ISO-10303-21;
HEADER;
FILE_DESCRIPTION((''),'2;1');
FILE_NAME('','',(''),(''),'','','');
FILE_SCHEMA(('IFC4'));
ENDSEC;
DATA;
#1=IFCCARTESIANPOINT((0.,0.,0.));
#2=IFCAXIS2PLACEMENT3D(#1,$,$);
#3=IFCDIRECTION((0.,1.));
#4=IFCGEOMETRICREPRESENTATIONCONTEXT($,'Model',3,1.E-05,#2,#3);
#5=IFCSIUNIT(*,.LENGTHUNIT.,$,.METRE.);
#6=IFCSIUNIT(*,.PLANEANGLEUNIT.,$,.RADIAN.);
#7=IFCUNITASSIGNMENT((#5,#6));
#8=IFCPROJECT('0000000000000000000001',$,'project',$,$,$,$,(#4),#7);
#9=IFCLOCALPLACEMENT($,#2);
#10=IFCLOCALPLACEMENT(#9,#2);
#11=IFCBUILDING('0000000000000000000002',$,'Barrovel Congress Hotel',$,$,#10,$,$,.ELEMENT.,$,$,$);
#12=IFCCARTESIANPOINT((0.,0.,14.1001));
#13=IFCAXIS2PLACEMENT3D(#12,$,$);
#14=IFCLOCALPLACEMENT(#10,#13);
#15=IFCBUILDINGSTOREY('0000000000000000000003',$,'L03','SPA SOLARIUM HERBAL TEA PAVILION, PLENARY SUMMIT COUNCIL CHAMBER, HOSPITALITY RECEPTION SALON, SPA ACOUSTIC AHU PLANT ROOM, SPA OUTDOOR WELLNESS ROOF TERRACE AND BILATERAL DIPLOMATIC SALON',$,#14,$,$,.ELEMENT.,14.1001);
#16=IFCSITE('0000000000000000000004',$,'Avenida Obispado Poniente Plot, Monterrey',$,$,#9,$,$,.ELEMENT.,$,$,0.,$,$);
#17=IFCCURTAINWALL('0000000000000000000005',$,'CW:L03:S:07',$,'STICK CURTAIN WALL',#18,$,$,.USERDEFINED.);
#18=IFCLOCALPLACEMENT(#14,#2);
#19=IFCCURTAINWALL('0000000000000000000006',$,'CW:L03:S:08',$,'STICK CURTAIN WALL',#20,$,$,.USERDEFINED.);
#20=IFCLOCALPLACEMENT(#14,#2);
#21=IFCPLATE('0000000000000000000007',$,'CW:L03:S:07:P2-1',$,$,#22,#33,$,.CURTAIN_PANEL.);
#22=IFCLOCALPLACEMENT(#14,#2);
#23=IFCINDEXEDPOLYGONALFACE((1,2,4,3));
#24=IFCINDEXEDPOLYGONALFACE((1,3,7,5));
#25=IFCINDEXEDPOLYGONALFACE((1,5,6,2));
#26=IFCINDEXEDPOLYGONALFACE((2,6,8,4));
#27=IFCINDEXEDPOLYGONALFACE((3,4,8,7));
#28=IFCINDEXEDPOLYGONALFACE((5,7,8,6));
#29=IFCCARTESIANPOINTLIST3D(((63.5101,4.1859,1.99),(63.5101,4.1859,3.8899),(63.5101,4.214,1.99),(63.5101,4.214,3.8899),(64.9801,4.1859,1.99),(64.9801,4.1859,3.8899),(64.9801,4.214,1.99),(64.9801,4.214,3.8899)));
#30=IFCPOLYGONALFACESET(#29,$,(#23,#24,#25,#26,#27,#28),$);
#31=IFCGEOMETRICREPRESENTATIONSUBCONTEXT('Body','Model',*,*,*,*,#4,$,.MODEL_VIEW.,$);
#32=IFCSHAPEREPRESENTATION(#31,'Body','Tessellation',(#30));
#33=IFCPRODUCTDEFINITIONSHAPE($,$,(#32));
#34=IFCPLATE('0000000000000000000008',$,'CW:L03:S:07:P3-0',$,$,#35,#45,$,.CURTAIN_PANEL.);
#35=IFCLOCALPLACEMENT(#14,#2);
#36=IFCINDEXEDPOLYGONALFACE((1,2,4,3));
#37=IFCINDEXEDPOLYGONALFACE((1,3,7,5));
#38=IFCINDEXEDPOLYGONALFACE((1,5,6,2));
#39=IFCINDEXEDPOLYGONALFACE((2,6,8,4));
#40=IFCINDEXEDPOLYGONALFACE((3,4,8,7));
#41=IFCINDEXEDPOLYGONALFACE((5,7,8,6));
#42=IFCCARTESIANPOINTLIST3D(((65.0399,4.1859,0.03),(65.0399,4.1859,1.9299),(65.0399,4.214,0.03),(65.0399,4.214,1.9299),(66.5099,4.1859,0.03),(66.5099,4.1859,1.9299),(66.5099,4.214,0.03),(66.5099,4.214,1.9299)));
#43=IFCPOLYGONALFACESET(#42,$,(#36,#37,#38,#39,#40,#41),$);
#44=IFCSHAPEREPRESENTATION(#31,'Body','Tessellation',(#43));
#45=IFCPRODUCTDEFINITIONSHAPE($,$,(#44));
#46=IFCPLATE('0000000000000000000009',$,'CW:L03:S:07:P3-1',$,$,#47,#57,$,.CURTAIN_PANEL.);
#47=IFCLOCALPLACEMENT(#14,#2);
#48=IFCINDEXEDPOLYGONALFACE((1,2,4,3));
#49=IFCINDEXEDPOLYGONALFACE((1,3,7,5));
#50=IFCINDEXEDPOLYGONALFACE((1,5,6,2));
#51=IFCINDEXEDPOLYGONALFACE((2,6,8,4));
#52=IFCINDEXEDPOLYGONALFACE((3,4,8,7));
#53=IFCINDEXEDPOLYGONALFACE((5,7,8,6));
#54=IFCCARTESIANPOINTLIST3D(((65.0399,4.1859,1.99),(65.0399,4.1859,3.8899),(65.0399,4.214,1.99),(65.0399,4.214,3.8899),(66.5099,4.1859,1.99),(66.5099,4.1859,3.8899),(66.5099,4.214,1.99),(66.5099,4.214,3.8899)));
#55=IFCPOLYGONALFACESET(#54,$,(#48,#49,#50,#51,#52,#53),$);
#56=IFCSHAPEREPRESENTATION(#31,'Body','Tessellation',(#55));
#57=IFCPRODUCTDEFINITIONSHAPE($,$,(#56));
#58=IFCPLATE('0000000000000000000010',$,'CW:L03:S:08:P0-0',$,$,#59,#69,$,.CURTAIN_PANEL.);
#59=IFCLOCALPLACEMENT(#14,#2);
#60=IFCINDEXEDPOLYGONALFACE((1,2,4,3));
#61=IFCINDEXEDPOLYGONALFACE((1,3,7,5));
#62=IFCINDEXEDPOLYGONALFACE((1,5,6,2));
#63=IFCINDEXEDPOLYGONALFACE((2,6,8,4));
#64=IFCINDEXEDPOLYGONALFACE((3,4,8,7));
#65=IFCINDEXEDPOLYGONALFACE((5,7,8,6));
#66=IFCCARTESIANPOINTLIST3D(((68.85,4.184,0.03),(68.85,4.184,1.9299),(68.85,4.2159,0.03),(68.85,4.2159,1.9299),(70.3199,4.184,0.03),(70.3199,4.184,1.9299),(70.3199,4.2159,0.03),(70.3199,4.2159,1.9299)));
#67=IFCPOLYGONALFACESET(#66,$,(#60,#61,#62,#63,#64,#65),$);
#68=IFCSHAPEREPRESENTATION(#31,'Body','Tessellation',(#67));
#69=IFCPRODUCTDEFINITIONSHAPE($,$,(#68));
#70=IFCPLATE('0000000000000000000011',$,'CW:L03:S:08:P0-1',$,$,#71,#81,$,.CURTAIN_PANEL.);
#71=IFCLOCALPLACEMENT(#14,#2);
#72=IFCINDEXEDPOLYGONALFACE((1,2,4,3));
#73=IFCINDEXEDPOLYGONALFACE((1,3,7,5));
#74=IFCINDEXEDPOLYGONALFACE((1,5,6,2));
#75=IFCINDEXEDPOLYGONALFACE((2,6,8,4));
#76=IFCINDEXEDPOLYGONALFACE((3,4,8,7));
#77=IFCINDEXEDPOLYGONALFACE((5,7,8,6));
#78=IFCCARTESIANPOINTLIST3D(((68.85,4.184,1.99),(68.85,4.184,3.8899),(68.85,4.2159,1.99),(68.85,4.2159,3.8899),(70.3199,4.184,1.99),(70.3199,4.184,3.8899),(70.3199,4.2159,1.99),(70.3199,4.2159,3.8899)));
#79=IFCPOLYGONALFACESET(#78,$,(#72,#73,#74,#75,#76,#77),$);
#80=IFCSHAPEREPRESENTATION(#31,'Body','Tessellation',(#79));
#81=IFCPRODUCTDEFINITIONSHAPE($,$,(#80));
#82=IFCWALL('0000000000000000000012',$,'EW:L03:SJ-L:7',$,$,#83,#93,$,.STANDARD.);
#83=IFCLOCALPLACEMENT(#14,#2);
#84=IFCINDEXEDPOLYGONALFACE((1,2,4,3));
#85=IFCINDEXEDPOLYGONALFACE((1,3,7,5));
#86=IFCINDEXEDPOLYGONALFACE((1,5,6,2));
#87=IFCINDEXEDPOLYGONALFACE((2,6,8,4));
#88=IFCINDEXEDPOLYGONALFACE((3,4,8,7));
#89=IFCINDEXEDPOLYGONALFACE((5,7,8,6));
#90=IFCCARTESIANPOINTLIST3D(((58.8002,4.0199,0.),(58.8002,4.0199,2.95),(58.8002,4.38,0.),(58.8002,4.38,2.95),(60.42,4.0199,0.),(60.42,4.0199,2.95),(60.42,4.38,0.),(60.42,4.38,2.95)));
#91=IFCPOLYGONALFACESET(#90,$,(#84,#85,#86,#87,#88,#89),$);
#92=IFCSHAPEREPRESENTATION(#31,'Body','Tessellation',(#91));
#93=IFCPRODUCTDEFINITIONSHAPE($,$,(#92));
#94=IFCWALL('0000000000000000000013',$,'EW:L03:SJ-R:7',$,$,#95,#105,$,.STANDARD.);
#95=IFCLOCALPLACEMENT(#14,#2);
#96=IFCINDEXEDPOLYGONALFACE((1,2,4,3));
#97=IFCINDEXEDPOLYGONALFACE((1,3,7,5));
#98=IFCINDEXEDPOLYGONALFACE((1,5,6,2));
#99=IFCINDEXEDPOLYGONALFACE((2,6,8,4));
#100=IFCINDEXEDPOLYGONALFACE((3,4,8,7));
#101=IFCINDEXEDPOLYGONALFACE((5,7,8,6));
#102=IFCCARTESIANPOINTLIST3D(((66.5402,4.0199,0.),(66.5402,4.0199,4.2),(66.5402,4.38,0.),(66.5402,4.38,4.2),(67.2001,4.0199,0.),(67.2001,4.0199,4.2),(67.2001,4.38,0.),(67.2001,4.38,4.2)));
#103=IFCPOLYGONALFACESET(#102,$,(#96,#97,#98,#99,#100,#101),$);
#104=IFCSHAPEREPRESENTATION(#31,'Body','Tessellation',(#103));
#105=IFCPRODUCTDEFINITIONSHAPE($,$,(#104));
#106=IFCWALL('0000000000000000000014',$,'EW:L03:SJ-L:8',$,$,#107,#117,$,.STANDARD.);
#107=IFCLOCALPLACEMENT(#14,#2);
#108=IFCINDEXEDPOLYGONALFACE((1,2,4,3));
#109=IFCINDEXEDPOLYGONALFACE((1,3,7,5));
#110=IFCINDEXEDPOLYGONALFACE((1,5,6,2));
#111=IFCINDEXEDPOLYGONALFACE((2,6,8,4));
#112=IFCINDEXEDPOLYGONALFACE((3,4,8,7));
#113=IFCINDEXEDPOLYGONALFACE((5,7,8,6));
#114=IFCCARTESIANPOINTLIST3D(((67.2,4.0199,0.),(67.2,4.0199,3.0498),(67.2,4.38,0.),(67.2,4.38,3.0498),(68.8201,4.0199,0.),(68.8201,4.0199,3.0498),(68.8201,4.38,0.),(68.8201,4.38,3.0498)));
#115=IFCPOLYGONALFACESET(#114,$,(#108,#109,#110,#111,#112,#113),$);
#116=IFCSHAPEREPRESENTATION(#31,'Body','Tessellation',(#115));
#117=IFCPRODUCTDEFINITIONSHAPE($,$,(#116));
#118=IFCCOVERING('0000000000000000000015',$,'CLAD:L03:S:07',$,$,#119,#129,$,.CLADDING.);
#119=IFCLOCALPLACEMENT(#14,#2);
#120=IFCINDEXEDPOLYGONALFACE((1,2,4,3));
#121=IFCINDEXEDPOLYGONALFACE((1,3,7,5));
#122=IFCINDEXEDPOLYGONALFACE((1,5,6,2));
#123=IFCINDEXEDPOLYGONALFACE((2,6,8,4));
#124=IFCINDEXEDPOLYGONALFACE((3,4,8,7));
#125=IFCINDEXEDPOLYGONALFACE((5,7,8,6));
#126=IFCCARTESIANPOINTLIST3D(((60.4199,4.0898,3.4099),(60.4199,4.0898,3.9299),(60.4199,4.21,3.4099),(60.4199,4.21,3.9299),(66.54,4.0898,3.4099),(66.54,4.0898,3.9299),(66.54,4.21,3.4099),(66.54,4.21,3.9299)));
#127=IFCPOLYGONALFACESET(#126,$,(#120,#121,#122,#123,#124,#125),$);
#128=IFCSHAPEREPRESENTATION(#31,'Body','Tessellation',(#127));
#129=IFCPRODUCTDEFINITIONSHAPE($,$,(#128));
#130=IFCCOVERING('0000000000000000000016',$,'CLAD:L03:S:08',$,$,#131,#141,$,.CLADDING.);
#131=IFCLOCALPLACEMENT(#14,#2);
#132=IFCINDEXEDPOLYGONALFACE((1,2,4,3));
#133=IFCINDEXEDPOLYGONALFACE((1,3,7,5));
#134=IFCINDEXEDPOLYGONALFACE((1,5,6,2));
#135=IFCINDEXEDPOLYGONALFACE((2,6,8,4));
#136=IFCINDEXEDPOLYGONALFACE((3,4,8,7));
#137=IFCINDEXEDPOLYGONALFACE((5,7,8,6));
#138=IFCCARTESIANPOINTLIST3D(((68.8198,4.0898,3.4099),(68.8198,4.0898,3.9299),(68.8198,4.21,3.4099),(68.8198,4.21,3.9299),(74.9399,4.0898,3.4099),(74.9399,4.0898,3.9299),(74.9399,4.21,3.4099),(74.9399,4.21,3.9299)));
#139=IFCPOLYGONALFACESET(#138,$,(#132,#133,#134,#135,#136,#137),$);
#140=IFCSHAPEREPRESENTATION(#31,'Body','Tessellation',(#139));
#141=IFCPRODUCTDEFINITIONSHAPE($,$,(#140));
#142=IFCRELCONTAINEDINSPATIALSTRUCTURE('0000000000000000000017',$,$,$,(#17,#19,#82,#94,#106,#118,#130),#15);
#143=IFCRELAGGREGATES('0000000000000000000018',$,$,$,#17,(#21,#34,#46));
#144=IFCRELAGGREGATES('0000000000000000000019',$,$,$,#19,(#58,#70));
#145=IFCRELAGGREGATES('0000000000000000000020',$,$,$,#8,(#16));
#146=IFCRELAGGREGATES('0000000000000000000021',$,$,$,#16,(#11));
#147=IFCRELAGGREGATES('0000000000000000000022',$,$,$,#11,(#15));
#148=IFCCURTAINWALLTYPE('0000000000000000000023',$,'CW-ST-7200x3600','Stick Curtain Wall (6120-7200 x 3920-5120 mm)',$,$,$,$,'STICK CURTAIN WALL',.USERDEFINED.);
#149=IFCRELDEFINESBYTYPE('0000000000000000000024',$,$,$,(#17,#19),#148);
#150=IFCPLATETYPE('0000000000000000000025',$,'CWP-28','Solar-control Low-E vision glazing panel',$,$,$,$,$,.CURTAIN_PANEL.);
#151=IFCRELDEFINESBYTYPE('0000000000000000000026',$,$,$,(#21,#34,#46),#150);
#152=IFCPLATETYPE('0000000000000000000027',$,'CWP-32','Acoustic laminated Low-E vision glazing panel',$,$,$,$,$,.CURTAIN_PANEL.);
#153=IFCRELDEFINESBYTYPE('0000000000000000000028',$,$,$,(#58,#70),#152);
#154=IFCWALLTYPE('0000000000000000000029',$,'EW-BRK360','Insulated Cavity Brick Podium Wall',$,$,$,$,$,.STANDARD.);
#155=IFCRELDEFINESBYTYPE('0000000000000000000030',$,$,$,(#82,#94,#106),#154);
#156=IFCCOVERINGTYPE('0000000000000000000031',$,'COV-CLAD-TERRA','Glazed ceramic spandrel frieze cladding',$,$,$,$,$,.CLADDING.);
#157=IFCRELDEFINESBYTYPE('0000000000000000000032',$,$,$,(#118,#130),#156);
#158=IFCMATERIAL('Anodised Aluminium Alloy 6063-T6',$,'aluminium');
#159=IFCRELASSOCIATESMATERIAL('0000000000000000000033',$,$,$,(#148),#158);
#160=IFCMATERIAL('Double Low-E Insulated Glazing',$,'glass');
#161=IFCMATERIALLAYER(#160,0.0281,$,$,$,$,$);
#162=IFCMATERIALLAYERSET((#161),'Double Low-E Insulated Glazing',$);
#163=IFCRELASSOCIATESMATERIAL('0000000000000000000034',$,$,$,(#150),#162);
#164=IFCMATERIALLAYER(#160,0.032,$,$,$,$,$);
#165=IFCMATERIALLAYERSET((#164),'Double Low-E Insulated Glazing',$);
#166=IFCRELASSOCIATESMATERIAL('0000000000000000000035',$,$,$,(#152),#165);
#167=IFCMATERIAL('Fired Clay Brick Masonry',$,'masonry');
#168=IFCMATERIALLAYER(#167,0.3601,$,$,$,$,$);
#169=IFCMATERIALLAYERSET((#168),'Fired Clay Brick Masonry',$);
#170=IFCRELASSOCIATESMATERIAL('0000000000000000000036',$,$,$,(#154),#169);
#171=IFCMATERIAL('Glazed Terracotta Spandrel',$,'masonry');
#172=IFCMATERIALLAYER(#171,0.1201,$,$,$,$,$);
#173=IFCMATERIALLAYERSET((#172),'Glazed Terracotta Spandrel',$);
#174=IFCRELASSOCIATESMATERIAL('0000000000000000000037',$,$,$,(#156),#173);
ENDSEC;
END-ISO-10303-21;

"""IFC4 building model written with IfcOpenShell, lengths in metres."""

from ifc_helpers import new_model, si_unit, direction, frame, frame_2d, origin, origin_2d, place, context, subcontext, project, spatial, rectangle, extrude, material, layer, layer_set, type_object, element, aggregate, save


model = new_model("IFC4")

# Units and contexts
model_context = context("Model", 3, precision=1e-05, world=origin(), true_north=direction((0.0, 1.0)))
body_context = subcontext(model_context, "Body", "Model", "MODEL_VIEW")
ifc_project = project(units=[si_unit("LENGTHUNIT", "METRE"), si_unit("PLANEANGLEUNIT", "RADIAN")], contexts=[model_context])

# Site, building, storey
site_placement = place(None, origin())
site = spatial("IfcSite", under=ifc_project, at=site_placement, Name="Avenida Obispado Poniente Plot, Monterrey", CompositionType="ELEMENT", RefElevation=0.0)
building_placement = place(site_placement, origin())
building = spatial("IfcBuilding", under=site, at=building_placement, Name="Barrovel Congress Hotel", CompositionType="ELEMENT")
storey_placement = place(building_placement, frame((0.0, 0.0, 14.1001)))
storey = spatial("IfcBuildingStorey", under=building, at=storey_placement, Name="L03", Description="SPA SOLARIUM HERBAL TEA PAVILION, PLENARY SUMMIT COUNCIL CHAMBER, HOSPITALITY RECEPTION SALON, SPA ACOUSTIC AHU PLANT ROOM, SPA OUTDOOR WELLNESS ROOF TERRACE AND BILATERAL DIPLOMATIC SALON", CompositionType="ELEMENT", Elevation=14.1001)

# Curtain walls
ifc_material_1 = material(Name="Anodised Aluminium Alloy 6063-T6", Category="aluminium")
curtain_wall_type = type_object("IfcCurtainWallType", Name="CW-ST-7200x3600", Description="Stick Curtain Wall (6120-7200 x 3920-5120 mm)", ElementType="STICK CURTAIN WALL", PredefinedType="USERDEFINED", material=ifc_material_1)
curtain_wall_1_placement = place(storey_placement, origin())
curtain_wall_1 = element("IfcCurtainWall", 1, at=curtain_wall_1_placement, inside=storey, type_object=curtain_wall_type, Name="CW:L03:S:07", ObjectType="STICK CURTAIN WALL", PredefinedType="USERDEFINED")
curtain_wall_2_placement = place(storey_placement, origin())
curtain_wall_2 = element("IfcCurtainWall", 2, at=curtain_wall_2_placement, inside=storey, type_object=curtain_wall_type, Name="CW:L03:S:08", ObjectType="STICK CURTAIN WALL", PredefinedType="USERDEFINED")

# Plates
ifc_material_2 = material(Name="Double Low-E Insulated Glazing", Category="glass")
ifc_layer_1 = layer(ifc_material_2, 0.0281)
ifc_layer_set_1 = layer_set([ifc_layer_1], Name="Double Low-E Insulated Glazing")
plate_type_1 = type_object("IfcPlateType", Name="CWP-28", Description="Solar-control Low-E vision glazing panel", PredefinedType="CURTAIN_PANEL", material=ifc_layer_set_1)
plate_1_placement = place(storey_placement, frame((64.2451, 4.2, 1.99), z_axis=(0.0, 0.0, 1.0), x_axis=(1.0, 0.0, 0.0)))
plate_1 = element("IfcPlate", 3, at=plate_1_placement, type_object=plate_type_1, Name="CW:L03:S:07:P2-1", PredefinedType="CURTAIN_PANEL", context=body_context, shape_type="SweptSolid", body=[
    extrude(rectangle(XDim=1.47, YDim=0.0281, at=origin_2d()), origin(), (0.0, 0.0, 1.0), 1.8999),
])
plate_2_placement = place(storey_placement, frame((65.7749, 4.2, 0.03), z_axis=(0.0, 0.0, 1.0), x_axis=(1.0, 0.0, 0.0)))
plate_2 = element("IfcPlate", 4, at=plate_2_placement, type_object=plate_type_1, Name="CW:L03:S:07:P3-0", PredefinedType="CURTAIN_PANEL", context=body_context, shape_type="SweptSolid", body=[
    extrude(rectangle(XDim=1.47, YDim=0.0281, at=origin_2d()), origin(), (0.0, 0.0, 1.0), 1.8999),
])
plate_3_placement = place(storey_placement, frame((65.7749, 4.2, 1.99), z_axis=(0.0, 0.0, 1.0), x_axis=(1.0, 0.0, 0.0)))
plate_3 = element("IfcPlate", 5, at=plate_3_placement, type_object=plate_type_1, Name="CW:L03:S:07:P3-1", PredefinedType="CURTAIN_PANEL", context=body_context, shape_type="SweptSolid", body=[
    extrude(rectangle(XDim=1.47, YDim=0.0281, at=origin_2d()), origin(), (0.0, 0.0, 1.0), 1.8999),
])
aggregate(curtain_wall_1, [plate_1, plate_2, plate_3])
ifc_layer_2 = layer(ifc_material_2, 0.032)
ifc_layer_set_2 = layer_set([ifc_layer_2], Name="Double Low-E Insulated Glazing")
plate_type_2 = type_object("IfcPlateType", Name="CWP-32", Description="Acoustic laminated Low-E vision glazing panel", PredefinedType="CURTAIN_PANEL", material=ifc_layer_set_2)
plate_4_placement = place(storey_placement, frame((69.585, 4.2, 0.03), z_axis=(0.0, 0.0, 1.0), x_axis=(1.0, 0.0, 0.0)))
plate_4 = element("IfcPlate", 6, at=plate_4_placement, type_object=plate_type_2, Name="CW:L03:S:08:P0-0", PredefinedType="CURTAIN_PANEL", context=body_context, shape_type="SweptSolid", body=[
    extrude(rectangle(XDim=1.47, YDim=0.032, at=origin_2d()), origin(), (0.0, 0.0, 1.0), 1.8999),
])
plate_5_placement = place(storey_placement, frame((69.585, 4.2, 1.99), z_axis=(0.0, 0.0, 1.0), x_axis=(1.0, 0.0, 0.0)))
plate_5 = element("IfcPlate", 7, at=plate_5_placement, type_object=plate_type_2, Name="CW:L03:S:08:P0-1", PredefinedType="CURTAIN_PANEL", context=body_context, shape_type="SweptSolid", body=[
    extrude(rectangle(XDim=1.47, YDim=0.032, at=origin_2d()), origin(), (0.0, 0.0, 1.0), 1.8999),
])
aggregate(curtain_wall_2, [plate_4, plate_5])

# Walls
ifc_material_3 = material(Name="Fired Clay Brick Masonry", Category="masonry")
ifc_layer_3 = layer(ifc_material_3, 0.3601)
ifc_layer_set_3 = layer_set([ifc_layer_3], Name="Fired Clay Brick Masonry")
wall_type = type_object("IfcWallType", Name="EW-BRK360", Description="Insulated Cavity Brick Podium Wall", PredefinedType="STANDARD", material=ifc_layer_set_3)
wall_1_placement = place(storey_placement, frame((58.8, 4.2, 0.0), z_axis=(0.0, 0.0, 1.0), x_axis=(1.0, 0.0, 0.0)))
element("IfcWall", 8, at=wall_1_placement, inside=storey, type_object=wall_type, Name="EW:L03:SJ-L:7", PredefinedType="STANDARD", context=body_context, shape_type="SweptSolid", body=[
    extrude(rectangle(XDim=1.6199, YDim=0.3601, at=frame_2d((0.8101, 0.0))), origin(), (0.0, 0.0, 1.0), 2.95),
])
wall_2_placement = place(storey_placement, frame((66.54, 4.2, 0.0), z_axis=(0.0, 0.0, 1.0), x_axis=(1.0, 0.0, 0.0)))
element("IfcWall", 9, at=wall_2_placement, inside=storey, type_object=wall_type, Name="EW:L03:SJ-R:7", PredefinedType="STANDARD", context=body_context, shape_type="SweptSolid", body=[
    extrude(rectangle(XDim=0.6599, YDim=0.3601, at=frame_2d((0.3301, 0.0))), origin(), (0.0, 0.0, 1.0), 4.2),
])
wall_3_placement = place(storey_placement, frame((67.2, 4.2, 0.0), z_axis=(0.0, 0.0, 1.0), x_axis=(1.0, 0.0, 0.0)))
element("IfcWall", 10, at=wall_3_placement, inside=storey, type_object=wall_type, Name="EW:L03:SJ-L:8", PredefinedType="STANDARD", context=body_context, shape_type="SweptSolid", body=[
    extrude(rectangle(XDim=1.6201, YDim=0.3601, at=frame_2d((0.8101, 0.0))), origin(), (0.0, 0.0, 1.0), 3.0498),
])

# Coverings
ifc_material_4 = material(Name="Glazed Terracotta Spandrel", Category="masonry")
ifc_layer_4 = layer(ifc_material_4, 0.1201)
ifc_layer_set_4 = layer_set([ifc_layer_4], Name="Glazed Terracotta Spandrel")
covering_type = type_object("IfcCoveringType", Name="COV-CLAD-TERRA", Description="Glazed ceramic spandrel frieze cladding", PredefinedType="CLADDING", material=ifc_layer_set_4)
for number, where, z_axis, x_axis, name in (
    (11, (63.48, 4.1499, 3.4099), (0.0, 0.0, 1.0), (1.0, 0.0, 0.0), "CLAD:L03:S:07"),
    (12, (71.8799, 4.1499, 3.4099), (0.0, 0.0, 1.0), (1.0, 0.0, 0.0), "CLAD:L03:S:08"),
):
    element("IfcCovering", number, at=place(storey_placement, frame(where, z_axis=z_axis, x_axis=x_axis)), inside=storey, type_object=covering_type, Name=name, PredefinedType="CLADDING", context=body_context, shape_type="SweptSolid", body=[
        extrude(rectangle(XDim=6.1201, YDim=0.1201, at=origin_2d()), origin(), (0.0, 0.0, 1.0), 0.52),
    ])

save(model, "model.ifc")
